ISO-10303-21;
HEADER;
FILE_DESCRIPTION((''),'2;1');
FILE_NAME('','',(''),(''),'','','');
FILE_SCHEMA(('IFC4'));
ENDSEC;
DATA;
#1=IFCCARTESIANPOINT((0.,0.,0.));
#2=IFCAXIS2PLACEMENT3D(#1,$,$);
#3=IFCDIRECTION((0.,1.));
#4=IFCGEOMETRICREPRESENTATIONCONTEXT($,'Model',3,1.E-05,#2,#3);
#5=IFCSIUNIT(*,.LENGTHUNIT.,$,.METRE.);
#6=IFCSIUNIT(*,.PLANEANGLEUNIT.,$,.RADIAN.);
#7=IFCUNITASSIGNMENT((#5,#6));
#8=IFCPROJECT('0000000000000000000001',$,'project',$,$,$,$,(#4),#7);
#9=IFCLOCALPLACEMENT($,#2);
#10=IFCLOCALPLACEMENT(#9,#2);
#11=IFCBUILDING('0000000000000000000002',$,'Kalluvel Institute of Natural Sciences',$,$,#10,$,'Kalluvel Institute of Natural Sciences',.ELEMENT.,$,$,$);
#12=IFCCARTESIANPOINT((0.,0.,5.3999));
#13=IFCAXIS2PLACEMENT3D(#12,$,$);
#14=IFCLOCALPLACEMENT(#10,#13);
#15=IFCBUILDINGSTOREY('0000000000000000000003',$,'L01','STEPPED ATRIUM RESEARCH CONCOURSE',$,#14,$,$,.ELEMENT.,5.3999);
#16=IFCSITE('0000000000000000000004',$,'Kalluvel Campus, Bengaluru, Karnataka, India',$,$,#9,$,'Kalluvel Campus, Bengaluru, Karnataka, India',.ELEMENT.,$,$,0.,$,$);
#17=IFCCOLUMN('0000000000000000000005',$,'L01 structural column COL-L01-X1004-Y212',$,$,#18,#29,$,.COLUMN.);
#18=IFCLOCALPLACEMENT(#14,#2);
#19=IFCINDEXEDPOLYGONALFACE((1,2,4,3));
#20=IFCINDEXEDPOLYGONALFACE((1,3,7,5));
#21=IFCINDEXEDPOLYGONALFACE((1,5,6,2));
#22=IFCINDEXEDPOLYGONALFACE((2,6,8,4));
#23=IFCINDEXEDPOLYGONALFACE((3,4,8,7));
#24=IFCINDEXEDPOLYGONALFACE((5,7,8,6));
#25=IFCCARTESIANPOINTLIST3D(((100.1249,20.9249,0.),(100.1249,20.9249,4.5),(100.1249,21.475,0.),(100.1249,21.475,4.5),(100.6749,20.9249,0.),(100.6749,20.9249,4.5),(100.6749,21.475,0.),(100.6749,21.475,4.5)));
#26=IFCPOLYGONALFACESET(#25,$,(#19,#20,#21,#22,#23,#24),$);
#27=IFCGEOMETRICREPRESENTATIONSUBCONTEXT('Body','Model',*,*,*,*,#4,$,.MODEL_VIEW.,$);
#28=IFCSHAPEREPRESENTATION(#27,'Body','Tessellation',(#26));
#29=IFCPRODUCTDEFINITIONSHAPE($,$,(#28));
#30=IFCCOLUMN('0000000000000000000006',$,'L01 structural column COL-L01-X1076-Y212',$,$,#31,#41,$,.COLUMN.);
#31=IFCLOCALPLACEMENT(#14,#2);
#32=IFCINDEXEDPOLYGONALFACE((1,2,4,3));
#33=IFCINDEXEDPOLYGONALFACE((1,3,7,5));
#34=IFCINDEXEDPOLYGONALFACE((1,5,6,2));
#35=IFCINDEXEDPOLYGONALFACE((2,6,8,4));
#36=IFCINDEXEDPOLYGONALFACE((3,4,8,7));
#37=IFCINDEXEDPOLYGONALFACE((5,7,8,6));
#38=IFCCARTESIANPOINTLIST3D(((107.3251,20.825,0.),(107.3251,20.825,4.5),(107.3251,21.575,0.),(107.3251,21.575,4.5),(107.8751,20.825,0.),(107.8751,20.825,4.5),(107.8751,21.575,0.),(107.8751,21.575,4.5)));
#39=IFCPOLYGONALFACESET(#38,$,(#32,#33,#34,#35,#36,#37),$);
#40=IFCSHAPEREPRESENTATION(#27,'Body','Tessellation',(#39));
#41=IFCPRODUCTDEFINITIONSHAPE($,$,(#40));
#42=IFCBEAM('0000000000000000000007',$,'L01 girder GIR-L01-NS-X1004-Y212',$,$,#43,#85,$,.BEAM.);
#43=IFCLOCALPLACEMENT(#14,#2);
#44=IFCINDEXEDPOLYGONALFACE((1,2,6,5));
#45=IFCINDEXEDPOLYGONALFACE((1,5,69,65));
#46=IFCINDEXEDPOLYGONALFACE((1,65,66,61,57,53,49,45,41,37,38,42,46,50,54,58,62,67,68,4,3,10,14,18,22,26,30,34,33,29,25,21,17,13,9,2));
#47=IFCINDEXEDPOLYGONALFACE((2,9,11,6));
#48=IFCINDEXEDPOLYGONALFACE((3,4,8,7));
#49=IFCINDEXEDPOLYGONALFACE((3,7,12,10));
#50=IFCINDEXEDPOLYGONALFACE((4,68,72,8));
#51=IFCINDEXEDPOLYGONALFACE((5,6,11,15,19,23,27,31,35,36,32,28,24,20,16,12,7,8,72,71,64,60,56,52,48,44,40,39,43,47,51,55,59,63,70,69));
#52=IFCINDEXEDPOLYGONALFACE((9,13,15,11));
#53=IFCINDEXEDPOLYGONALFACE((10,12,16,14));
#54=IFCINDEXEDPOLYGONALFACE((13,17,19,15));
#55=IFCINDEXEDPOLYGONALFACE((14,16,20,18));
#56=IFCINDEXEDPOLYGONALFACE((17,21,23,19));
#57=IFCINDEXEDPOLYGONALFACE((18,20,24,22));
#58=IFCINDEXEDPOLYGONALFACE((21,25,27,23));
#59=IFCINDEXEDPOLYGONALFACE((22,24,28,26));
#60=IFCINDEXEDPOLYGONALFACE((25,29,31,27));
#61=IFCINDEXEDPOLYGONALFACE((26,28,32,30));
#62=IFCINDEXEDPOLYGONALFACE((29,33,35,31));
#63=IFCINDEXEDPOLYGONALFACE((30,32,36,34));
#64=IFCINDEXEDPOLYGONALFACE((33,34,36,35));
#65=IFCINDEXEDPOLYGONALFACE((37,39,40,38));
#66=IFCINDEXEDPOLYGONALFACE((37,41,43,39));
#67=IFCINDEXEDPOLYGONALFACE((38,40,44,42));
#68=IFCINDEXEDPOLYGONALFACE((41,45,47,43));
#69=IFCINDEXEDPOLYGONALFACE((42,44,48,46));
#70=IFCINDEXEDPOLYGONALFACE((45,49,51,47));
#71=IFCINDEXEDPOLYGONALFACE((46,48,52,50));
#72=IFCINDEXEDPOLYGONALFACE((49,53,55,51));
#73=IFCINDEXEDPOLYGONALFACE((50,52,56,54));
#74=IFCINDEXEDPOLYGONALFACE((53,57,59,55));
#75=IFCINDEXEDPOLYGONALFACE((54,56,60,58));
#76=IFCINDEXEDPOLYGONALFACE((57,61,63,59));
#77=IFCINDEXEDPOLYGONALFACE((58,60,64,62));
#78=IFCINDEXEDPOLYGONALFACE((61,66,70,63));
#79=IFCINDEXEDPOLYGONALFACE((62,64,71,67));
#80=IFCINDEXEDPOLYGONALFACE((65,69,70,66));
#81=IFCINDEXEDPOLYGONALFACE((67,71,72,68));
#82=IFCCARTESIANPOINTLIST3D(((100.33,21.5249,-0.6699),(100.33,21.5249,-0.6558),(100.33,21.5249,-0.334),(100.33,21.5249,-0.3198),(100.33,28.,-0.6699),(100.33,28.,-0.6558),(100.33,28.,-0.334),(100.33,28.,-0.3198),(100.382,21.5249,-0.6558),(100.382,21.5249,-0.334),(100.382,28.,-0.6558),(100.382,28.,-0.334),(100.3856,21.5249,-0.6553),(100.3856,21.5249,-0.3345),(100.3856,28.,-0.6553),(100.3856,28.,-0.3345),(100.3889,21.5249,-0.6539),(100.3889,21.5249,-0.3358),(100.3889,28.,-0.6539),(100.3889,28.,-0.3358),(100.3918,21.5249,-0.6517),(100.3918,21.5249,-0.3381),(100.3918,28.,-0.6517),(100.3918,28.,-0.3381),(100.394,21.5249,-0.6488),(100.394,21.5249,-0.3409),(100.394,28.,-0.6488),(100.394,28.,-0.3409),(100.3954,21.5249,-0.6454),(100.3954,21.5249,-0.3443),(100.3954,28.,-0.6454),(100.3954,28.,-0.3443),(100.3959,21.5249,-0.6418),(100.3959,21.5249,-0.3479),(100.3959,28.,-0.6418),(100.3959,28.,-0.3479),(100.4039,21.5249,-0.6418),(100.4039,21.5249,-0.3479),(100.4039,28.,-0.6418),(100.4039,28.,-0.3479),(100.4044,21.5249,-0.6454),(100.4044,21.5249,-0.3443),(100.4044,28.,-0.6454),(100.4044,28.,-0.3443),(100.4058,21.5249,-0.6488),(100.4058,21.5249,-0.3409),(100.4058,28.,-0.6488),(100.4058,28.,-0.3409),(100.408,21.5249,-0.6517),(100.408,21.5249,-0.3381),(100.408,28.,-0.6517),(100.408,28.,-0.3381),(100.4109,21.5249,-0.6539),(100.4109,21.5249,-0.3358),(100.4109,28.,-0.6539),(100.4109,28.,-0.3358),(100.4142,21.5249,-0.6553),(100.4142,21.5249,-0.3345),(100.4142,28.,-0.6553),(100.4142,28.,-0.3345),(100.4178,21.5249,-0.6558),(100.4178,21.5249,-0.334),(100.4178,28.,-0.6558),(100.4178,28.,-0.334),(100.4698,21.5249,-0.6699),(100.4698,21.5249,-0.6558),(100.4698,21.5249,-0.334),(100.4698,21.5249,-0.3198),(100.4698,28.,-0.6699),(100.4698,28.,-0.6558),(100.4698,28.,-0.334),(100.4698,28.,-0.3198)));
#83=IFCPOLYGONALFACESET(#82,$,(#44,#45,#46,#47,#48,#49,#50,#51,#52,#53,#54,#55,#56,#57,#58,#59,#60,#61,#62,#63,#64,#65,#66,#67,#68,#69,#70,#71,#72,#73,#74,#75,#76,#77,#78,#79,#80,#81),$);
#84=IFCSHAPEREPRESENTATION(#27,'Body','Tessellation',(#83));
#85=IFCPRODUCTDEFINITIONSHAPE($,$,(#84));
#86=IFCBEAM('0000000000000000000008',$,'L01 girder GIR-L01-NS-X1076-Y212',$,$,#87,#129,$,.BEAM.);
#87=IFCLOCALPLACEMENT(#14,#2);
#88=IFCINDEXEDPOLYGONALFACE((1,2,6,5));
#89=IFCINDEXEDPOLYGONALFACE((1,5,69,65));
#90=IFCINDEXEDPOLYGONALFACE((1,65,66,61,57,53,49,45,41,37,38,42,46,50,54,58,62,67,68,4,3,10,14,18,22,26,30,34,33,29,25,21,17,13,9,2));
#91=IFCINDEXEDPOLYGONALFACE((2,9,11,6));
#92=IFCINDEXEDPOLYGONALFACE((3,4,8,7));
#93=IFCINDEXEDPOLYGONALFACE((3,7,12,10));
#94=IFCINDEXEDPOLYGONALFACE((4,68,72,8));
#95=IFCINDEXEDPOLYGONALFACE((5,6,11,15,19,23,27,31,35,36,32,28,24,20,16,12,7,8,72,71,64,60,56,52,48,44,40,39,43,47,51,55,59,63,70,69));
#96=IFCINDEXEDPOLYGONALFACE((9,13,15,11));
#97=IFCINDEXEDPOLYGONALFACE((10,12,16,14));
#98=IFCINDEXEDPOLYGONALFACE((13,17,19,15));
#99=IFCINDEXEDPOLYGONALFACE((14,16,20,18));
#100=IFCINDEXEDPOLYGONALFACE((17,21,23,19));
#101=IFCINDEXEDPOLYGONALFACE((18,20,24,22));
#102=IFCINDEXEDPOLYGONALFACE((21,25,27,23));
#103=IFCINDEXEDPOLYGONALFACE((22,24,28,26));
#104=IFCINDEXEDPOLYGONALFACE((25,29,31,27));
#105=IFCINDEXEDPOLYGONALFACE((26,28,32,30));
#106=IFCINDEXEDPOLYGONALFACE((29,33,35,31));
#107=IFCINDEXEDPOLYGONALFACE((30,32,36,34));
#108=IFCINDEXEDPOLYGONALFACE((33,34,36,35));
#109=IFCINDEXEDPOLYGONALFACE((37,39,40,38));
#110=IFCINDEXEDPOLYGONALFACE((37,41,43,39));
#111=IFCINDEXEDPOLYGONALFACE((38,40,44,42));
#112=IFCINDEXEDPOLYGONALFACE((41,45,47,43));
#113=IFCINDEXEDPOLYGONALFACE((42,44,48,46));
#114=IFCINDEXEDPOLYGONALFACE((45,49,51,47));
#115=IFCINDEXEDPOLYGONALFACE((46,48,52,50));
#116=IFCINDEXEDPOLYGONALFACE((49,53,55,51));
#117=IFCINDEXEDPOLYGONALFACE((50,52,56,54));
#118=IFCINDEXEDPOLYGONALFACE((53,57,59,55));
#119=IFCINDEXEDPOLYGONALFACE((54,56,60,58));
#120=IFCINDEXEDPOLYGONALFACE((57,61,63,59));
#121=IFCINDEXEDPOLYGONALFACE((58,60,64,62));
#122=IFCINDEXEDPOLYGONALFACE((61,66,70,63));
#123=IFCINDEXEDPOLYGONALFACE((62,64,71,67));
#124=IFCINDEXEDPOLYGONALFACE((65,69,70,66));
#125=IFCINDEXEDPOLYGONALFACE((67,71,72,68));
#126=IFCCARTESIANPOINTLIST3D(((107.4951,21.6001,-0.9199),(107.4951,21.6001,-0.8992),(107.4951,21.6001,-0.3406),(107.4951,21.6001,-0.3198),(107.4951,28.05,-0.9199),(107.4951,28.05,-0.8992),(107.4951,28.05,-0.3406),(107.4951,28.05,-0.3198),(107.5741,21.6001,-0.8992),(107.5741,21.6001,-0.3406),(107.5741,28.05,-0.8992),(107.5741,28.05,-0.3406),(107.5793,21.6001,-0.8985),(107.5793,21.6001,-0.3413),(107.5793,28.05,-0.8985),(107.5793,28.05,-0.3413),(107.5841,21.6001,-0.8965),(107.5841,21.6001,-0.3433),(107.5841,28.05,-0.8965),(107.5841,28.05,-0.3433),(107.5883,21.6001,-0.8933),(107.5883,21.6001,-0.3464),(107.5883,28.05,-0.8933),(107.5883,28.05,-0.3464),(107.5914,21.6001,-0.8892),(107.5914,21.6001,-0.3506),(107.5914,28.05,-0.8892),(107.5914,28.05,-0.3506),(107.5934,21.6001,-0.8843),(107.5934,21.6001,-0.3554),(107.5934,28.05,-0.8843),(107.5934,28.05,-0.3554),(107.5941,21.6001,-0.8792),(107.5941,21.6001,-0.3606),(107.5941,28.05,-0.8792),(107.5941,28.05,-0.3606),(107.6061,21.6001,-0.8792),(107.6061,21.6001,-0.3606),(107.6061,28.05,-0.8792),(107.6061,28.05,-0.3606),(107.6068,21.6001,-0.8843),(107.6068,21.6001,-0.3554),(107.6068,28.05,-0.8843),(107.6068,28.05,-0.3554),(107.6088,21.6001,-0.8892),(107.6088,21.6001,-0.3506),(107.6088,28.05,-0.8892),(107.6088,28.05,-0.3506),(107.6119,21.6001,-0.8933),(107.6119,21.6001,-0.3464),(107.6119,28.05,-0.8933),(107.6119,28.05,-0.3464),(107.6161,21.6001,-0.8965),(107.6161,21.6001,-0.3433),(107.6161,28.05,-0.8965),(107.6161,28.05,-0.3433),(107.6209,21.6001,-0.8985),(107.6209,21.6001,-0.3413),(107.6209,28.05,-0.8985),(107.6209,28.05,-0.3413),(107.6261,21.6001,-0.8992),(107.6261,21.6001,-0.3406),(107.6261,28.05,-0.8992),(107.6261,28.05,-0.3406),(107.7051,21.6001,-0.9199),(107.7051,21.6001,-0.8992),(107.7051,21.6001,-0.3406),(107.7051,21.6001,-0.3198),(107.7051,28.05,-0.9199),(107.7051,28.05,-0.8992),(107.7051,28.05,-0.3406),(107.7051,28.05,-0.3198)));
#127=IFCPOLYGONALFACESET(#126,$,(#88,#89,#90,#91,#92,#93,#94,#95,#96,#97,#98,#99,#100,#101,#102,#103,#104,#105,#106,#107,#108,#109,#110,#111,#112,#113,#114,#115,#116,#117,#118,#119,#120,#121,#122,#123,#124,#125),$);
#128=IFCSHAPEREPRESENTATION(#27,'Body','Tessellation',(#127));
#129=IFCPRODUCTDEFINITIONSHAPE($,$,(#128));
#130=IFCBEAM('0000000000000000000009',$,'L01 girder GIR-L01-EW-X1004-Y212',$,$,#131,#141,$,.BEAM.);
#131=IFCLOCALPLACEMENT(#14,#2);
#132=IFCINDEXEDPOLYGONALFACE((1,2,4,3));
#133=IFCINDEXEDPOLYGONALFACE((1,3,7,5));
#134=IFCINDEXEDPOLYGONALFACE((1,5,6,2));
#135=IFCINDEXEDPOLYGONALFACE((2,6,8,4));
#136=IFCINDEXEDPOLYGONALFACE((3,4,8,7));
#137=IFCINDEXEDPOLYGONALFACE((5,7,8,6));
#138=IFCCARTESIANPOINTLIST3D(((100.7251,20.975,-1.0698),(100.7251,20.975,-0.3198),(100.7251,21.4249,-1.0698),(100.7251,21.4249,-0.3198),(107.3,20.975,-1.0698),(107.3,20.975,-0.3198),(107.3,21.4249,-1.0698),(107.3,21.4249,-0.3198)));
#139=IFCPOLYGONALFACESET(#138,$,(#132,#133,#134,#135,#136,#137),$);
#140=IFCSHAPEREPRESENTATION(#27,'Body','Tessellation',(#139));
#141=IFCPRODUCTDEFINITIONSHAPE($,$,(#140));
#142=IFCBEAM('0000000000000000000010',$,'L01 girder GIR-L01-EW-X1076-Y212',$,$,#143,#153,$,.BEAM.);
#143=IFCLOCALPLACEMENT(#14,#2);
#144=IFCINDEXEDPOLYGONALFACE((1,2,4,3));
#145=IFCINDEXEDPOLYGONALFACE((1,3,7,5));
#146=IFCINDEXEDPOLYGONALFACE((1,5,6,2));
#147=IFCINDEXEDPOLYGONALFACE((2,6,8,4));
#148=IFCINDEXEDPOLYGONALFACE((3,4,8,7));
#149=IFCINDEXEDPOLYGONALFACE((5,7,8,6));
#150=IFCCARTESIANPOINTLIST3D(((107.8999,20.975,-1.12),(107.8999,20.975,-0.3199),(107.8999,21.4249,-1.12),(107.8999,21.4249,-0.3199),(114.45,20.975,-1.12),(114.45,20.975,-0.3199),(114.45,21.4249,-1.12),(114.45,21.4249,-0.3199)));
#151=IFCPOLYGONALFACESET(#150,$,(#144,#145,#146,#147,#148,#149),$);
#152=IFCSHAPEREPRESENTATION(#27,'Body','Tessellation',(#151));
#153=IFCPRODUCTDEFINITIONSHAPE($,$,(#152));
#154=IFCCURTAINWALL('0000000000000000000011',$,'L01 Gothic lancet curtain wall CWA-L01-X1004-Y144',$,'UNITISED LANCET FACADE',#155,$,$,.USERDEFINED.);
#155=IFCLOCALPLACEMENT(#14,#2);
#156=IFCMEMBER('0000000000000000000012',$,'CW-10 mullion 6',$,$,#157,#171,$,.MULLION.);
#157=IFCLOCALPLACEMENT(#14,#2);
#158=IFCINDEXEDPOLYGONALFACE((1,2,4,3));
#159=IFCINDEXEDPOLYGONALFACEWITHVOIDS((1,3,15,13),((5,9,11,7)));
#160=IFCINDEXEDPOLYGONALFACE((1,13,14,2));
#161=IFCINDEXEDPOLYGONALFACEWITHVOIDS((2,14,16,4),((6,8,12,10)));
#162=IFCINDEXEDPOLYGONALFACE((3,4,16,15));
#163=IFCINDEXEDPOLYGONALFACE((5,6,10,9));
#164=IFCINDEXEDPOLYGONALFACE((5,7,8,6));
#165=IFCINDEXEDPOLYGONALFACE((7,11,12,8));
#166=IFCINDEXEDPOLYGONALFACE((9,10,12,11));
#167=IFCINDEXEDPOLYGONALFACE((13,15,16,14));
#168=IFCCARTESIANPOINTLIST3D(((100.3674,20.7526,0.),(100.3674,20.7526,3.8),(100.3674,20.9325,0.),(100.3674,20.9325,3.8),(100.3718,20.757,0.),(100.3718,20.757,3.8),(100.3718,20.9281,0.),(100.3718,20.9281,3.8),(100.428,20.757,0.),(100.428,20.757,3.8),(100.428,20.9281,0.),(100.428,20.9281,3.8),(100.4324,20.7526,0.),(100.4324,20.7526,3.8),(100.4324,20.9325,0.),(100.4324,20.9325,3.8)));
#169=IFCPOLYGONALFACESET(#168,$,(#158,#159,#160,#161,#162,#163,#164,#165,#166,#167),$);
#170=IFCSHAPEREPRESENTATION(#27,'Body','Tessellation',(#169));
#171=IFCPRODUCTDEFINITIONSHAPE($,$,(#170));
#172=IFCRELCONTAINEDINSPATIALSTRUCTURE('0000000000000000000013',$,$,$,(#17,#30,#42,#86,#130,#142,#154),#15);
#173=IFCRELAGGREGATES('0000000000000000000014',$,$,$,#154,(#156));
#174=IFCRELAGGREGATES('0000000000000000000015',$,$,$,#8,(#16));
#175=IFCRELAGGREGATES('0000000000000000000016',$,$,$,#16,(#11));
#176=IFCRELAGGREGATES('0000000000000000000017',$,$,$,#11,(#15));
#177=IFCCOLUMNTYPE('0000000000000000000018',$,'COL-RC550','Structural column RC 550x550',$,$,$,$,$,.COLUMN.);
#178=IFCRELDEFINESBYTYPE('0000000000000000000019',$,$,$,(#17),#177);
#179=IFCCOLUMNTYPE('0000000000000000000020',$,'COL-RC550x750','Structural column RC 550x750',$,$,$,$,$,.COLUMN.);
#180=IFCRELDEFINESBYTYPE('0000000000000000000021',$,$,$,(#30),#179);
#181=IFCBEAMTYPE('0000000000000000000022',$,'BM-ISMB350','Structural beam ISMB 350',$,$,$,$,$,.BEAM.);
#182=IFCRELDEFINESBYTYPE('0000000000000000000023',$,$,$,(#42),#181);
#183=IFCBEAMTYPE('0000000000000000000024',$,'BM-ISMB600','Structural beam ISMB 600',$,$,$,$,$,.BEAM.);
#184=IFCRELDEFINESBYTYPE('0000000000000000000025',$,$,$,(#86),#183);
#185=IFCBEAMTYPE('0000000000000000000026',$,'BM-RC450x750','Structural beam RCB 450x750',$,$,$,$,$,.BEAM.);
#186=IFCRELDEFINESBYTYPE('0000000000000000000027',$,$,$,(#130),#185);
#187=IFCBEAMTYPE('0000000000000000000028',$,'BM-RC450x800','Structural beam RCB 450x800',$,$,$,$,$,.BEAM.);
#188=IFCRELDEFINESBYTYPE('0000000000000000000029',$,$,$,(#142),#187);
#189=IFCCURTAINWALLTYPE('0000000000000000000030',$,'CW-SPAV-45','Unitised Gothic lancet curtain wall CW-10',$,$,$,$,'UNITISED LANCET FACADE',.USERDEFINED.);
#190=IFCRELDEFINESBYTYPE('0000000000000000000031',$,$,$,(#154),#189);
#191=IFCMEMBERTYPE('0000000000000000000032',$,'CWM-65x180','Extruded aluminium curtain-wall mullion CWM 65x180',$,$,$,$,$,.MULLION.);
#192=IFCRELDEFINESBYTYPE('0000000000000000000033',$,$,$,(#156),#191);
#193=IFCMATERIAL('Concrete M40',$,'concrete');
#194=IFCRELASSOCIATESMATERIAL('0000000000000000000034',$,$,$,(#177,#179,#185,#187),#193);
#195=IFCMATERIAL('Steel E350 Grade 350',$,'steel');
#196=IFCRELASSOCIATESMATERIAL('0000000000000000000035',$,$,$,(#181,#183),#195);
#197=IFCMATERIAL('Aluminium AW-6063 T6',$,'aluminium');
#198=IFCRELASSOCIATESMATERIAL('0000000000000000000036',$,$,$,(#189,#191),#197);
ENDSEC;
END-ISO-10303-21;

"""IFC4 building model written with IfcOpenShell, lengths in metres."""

from ifc_helpers import new_model, si_unit, direction, frame, origin, origin_2d, place, context, subcontext, project, spatial, rectangle, hollow_rectangle, i_section, extrude, material, material_profile, profile_set, type_object, element, aggregate, save


model = new_model("IFC4")

# Units and contexts
model_context = context("Model", 3, precision=1e-05, world=origin(), true_north=direction((0.0, 1.0)))
body_context = subcontext(model_context, "Body", "Model", "MODEL_VIEW")
ifc_project = project(units=[si_unit("LENGTHUNIT", "METRE"), si_unit("PLANEANGLEUNIT", "RADIAN")], contexts=[model_context])

# Site, building, storey
site_placement = place(None, origin())
site = spatial("IfcSite", under=ifc_project, at=site_placement, Name="Kalluvel Campus, Bengaluru, Karnataka, India", LongName="Kalluvel Campus, Bengaluru, Karnataka, India", CompositionType="ELEMENT", RefElevation=0.0)
building_placement = place(site_placement, origin())
building = spatial("IfcBuilding", under=site, at=building_placement, Name="Kalluvel Institute of Natural Sciences", LongName="Kalluvel Institute of Natural Sciences", CompositionType="ELEMENT")
storey_placement = place(building_placement, frame((0.0, 0.0, 5.3999)))
storey = spatial("IfcBuildingStorey", under=building, at=storey_placement, Name="L01", Description="STEPPED ATRIUM RESEARCH CONCOURSE", CompositionType="ELEMENT", Elevation=5.3999)

# Columns
ifc_material_1 = material(Name="Concrete M40", Category="concrete")
ifc_material_profile_1 = material_profile(ifc_material_1, rectangle(XDim=0.55, YDim=0.55, at=origin_2d()), Name="RC 550x550")
ifc_profile_set_1 = profile_set([ifc_material_profile_1], Name="Concrete M40")
column_type_1 = type_object("IfcColumnType", Name="COL-RC550", Description="Structural column RC 550x550", PredefinedType="COLUMN", material=ifc_profile_set_1)
column_1_placement = place(storey_placement, frame((100.3999, 21.2, 0.0), z_axis=(0.0, 0.0, 1.0), x_axis=(1.0, 0.0, 0.0)))
element("IfcColumn", 1, at=column_1_placement, inside=storey, type_object=column_type_1, Name="L01 structural column COL-L01-X1004-Y212", PredefinedType="COLUMN", context=body_context, shape_type="SweptSolid", body=[
    extrude(rectangle(XDim=0.55, YDim=0.55, at=origin_2d()), origin(), (0.0, 0.0, 1.0), 4.5),
])
ifc_material_profile_2 = material_profile(ifc_material_1, rectangle(XDim=0.55, YDim=0.75, at=origin_2d()), Name="RC 550x750")
ifc_profile_set_2 = profile_set([ifc_material_profile_2], Name="Concrete M40")
column_type_2 = type_object("IfcColumnType", Name="COL-RC550x750", Description="Structural column RC 550x750", PredefinedType="COLUMN", material=ifc_profile_set_2)
column_2_placement = place(storey_placement, frame((107.6001, 21.2, 0.0), z_axis=(0.0, 0.0, 1.0), x_axis=(1.0, 0.0, 0.0)))
element("IfcColumn", 2, at=column_2_placement, inside=storey, type_object=column_type_2, Name="L01 structural column COL-L01-X1076-Y212", PredefinedType="COLUMN", context=body_context, shape_type="SweptSolid", body=[
    extrude(rectangle(XDim=0.55, YDim=0.75, at=origin_2d()), origin(), (0.0, 0.0, 1.0), 4.5),
])

# Beams
ifc_material_2 = material(Name="Steel E350 Grade 350", Category="steel")
ifc_material_profile_3 = material_profile(ifc_material_2, i_section(OverallWidth=0.1399, OverallDepth=0.3501, WebThickness=0.0081, FlangeThickness=0.0142, FilletRadius=0.0139, at=origin_2d()), Name="ISMB 350")
ifc_profile_set_3 = profile_set([ifc_material_profile_3], Name="Steel E350 Grade 350")
beam_type_1 = type_object("IfcBeamType", Name="BM-ISMB350", Description="Structural beam ISMB 350", PredefinedType="BEAM", material=ifc_profile_set_3)
beam_1_placement = place(storey_placement, frame((100.3999, 21.5249, -0.4949), z_axis=(0.0, 1.0, 0.0), x_axis=(-1.0, 0.0, 0.0)))
element("IfcBeam", 3, at=beam_1_placement, inside=storey, type_object=beam_type_1, Name="L01 girder GIR-L01-NS-X1004-Y212", PredefinedType="BEAM", context=body_context, shape_type="SweptSolid", body=[
    extrude(i_section(OverallWidth=0.1399, OverallDepth=0.3501, WebThickness=0.0081, FlangeThickness=0.0142, FilletRadius=0.0139, at=origin_2d()), origin(), (0.0, 0.0, 1.0), 6.4751),
])
ifc_material_profile_4 = material_profile(ifc_material_2, i_section(OverallWidth=0.21, OverallDepth=0.6001, WebThickness=0.012, FlangeThickness=0.0208, FilletRadius=0.02, at=origin_2d()), Name="ISMB 600")
ifc_profile_set_4 = profile_set([ifc_material_profile_4], Name="Steel E350 Grade 350")
beam_type_2 = type_object("IfcBeamType", Name="BM-ISMB600", Description="Structural beam ISMB 600", PredefinedType="BEAM", material=ifc_profile_set_4)
beam_2_placement = place(storey_placement, frame((107.6001, 21.6001, -0.6199), z_axis=(0.0, 1.0, 0.0), x_axis=(-1.0, 0.0, 0.0)))
element("IfcBeam", 4, at=beam_2_placement, inside=storey, type_object=beam_type_2, Name="L01 girder GIR-L01-NS-X1076-Y212", PredefinedType="BEAM", context=body_context, shape_type="SweptSolid", body=[
    extrude(i_section(OverallWidth=0.21, OverallDepth=0.6001, WebThickness=0.012, FlangeThickness=0.0208, FilletRadius=0.02, at=origin_2d()), origin(), (0.0, 0.0, 1.0), 6.45),
])
ifc_material_profile_5 = material_profile(ifc_material_1, rectangle(XDim=0.45, YDim=0.75, at=origin_2d()), Name="RCB 450x750")
ifc_profile_set_5 = profile_set([ifc_material_profile_5], Name="Concrete M40")
beam_type_3 = type_object("IfcBeamType", Name="BM-RC450x750", Description="Structural beam RCB 450x750", PredefinedType="BEAM", material=ifc_profile_set_5)
beam_3_placement = place(storey_placement, frame((100.7251, 21.2, -0.6948), z_axis=(1.0, 0.0, 0.0), x_axis=(0.0, 1.0, 0.0)))
element("IfcBeam", 5, at=beam_3_placement, inside=storey, type_object=beam_type_3, Name="L01 girder GIR-L01-EW-X1004-Y212", PredefinedType="BEAM", context=body_context, shape_type="SweptSolid", body=[
    extrude(rectangle(XDim=0.45, YDim=0.75, at=origin_2d()), origin(), (0.0, 0.0, 1.0), 6.575),
])
ifc_material_profile_6 = material_profile(ifc_material_1, rectangle(XDim=0.45, YDim=0.8, at=origin_2d()), Name="RCB 450x800")
ifc_profile_set_6 = profile_set([ifc_material_profile_6], Name="Concrete M40")
beam_type_4 = type_object("IfcBeamType", Name="BM-RC450x800", Description="Structural beam RCB 450x800", PredefinedType="BEAM", material=ifc_profile_set_6)
beam_4_placement = place(storey_placement, frame((107.8999, 21.2, -0.72), z_axis=(1.0, 0.0, 0.0), x_axis=(0.0, 1.0, 0.0)))
element("IfcBeam", 6, at=beam_4_placement, inside=storey, type_object=beam_type_4, Name="L01 girder GIR-L01-EW-X1076-Y212", PredefinedType="BEAM", context=body_context, shape_type="SweptSolid", body=[
    extrude(rectangle(XDim=0.45, YDim=0.8, at=origin_2d()), origin(), (0.0, 0.0, 1.0), 6.55),
])

# Curtain wall, member
ifc_material_3 = material(Name="Aluminium AW-6063 T6", Category="aluminium")
curtain_wall_type = type_object("IfcCurtainWallType", Name="CW-SPAV-45", Description="Unitised Gothic lancet curtain wall CW-10", ElementType="UNITISED LANCET FACADE", PredefinedType="USERDEFINED", material=ifc_material_3)
curtain_wall_1_placement = place(storey_placement, origin())
curtain_wall_1 = element("IfcCurtainWall", 7, at=curtain_wall_1_placement, inside=storey, type_object=curtain_wall_type, Name="L01 Gothic lancet curtain wall CWA-L01-X1004-Y144", ObjectType="UNITISED LANCET FACADE", PredefinedType="USERDEFINED")
ifc_material_profile_7 = material_profile(ifc_material_3, hollow_rectangle(XDim=0.0649, YDim=0.1799, WallThickness=0.0044, at=origin_2d()), Name="CWM 65x180")
ifc_profile_set_7 = profile_set([ifc_material_profile_7], Name="Aluminium AW-6063 T6")
member_type_1 = type_object("IfcMemberType", Name="CWM-65x180", Description="Extruded aluminium curtain-wall mullion CWM 65x180", PredefinedType="MULLION", material=ifc_profile_set_7)
member_1_placement = place(storey_placement, frame((100.3999, 20.8425, 0.0), z_axis=(0.0, 0.0, 1.0), x_axis=(-1.0, 0.0, 0.0)))
member_1 = element("IfcMember", 8, at=member_1_placement, type_object=member_type_1, Name="CW-10 mullion 6", PredefinedType="MULLION", context=body_context, shape_type="SweptSolid", body=[
    extrude(hollow_rectangle(XDim=0.0649, YDim=0.1799, WallThickness=0.0044, at=origin_2d()), origin(), (0.0, 0.0, 1.0), 3.8),
])

aggregate(curtain_wall_1, [member_1])

save(model, "model.ifc")
